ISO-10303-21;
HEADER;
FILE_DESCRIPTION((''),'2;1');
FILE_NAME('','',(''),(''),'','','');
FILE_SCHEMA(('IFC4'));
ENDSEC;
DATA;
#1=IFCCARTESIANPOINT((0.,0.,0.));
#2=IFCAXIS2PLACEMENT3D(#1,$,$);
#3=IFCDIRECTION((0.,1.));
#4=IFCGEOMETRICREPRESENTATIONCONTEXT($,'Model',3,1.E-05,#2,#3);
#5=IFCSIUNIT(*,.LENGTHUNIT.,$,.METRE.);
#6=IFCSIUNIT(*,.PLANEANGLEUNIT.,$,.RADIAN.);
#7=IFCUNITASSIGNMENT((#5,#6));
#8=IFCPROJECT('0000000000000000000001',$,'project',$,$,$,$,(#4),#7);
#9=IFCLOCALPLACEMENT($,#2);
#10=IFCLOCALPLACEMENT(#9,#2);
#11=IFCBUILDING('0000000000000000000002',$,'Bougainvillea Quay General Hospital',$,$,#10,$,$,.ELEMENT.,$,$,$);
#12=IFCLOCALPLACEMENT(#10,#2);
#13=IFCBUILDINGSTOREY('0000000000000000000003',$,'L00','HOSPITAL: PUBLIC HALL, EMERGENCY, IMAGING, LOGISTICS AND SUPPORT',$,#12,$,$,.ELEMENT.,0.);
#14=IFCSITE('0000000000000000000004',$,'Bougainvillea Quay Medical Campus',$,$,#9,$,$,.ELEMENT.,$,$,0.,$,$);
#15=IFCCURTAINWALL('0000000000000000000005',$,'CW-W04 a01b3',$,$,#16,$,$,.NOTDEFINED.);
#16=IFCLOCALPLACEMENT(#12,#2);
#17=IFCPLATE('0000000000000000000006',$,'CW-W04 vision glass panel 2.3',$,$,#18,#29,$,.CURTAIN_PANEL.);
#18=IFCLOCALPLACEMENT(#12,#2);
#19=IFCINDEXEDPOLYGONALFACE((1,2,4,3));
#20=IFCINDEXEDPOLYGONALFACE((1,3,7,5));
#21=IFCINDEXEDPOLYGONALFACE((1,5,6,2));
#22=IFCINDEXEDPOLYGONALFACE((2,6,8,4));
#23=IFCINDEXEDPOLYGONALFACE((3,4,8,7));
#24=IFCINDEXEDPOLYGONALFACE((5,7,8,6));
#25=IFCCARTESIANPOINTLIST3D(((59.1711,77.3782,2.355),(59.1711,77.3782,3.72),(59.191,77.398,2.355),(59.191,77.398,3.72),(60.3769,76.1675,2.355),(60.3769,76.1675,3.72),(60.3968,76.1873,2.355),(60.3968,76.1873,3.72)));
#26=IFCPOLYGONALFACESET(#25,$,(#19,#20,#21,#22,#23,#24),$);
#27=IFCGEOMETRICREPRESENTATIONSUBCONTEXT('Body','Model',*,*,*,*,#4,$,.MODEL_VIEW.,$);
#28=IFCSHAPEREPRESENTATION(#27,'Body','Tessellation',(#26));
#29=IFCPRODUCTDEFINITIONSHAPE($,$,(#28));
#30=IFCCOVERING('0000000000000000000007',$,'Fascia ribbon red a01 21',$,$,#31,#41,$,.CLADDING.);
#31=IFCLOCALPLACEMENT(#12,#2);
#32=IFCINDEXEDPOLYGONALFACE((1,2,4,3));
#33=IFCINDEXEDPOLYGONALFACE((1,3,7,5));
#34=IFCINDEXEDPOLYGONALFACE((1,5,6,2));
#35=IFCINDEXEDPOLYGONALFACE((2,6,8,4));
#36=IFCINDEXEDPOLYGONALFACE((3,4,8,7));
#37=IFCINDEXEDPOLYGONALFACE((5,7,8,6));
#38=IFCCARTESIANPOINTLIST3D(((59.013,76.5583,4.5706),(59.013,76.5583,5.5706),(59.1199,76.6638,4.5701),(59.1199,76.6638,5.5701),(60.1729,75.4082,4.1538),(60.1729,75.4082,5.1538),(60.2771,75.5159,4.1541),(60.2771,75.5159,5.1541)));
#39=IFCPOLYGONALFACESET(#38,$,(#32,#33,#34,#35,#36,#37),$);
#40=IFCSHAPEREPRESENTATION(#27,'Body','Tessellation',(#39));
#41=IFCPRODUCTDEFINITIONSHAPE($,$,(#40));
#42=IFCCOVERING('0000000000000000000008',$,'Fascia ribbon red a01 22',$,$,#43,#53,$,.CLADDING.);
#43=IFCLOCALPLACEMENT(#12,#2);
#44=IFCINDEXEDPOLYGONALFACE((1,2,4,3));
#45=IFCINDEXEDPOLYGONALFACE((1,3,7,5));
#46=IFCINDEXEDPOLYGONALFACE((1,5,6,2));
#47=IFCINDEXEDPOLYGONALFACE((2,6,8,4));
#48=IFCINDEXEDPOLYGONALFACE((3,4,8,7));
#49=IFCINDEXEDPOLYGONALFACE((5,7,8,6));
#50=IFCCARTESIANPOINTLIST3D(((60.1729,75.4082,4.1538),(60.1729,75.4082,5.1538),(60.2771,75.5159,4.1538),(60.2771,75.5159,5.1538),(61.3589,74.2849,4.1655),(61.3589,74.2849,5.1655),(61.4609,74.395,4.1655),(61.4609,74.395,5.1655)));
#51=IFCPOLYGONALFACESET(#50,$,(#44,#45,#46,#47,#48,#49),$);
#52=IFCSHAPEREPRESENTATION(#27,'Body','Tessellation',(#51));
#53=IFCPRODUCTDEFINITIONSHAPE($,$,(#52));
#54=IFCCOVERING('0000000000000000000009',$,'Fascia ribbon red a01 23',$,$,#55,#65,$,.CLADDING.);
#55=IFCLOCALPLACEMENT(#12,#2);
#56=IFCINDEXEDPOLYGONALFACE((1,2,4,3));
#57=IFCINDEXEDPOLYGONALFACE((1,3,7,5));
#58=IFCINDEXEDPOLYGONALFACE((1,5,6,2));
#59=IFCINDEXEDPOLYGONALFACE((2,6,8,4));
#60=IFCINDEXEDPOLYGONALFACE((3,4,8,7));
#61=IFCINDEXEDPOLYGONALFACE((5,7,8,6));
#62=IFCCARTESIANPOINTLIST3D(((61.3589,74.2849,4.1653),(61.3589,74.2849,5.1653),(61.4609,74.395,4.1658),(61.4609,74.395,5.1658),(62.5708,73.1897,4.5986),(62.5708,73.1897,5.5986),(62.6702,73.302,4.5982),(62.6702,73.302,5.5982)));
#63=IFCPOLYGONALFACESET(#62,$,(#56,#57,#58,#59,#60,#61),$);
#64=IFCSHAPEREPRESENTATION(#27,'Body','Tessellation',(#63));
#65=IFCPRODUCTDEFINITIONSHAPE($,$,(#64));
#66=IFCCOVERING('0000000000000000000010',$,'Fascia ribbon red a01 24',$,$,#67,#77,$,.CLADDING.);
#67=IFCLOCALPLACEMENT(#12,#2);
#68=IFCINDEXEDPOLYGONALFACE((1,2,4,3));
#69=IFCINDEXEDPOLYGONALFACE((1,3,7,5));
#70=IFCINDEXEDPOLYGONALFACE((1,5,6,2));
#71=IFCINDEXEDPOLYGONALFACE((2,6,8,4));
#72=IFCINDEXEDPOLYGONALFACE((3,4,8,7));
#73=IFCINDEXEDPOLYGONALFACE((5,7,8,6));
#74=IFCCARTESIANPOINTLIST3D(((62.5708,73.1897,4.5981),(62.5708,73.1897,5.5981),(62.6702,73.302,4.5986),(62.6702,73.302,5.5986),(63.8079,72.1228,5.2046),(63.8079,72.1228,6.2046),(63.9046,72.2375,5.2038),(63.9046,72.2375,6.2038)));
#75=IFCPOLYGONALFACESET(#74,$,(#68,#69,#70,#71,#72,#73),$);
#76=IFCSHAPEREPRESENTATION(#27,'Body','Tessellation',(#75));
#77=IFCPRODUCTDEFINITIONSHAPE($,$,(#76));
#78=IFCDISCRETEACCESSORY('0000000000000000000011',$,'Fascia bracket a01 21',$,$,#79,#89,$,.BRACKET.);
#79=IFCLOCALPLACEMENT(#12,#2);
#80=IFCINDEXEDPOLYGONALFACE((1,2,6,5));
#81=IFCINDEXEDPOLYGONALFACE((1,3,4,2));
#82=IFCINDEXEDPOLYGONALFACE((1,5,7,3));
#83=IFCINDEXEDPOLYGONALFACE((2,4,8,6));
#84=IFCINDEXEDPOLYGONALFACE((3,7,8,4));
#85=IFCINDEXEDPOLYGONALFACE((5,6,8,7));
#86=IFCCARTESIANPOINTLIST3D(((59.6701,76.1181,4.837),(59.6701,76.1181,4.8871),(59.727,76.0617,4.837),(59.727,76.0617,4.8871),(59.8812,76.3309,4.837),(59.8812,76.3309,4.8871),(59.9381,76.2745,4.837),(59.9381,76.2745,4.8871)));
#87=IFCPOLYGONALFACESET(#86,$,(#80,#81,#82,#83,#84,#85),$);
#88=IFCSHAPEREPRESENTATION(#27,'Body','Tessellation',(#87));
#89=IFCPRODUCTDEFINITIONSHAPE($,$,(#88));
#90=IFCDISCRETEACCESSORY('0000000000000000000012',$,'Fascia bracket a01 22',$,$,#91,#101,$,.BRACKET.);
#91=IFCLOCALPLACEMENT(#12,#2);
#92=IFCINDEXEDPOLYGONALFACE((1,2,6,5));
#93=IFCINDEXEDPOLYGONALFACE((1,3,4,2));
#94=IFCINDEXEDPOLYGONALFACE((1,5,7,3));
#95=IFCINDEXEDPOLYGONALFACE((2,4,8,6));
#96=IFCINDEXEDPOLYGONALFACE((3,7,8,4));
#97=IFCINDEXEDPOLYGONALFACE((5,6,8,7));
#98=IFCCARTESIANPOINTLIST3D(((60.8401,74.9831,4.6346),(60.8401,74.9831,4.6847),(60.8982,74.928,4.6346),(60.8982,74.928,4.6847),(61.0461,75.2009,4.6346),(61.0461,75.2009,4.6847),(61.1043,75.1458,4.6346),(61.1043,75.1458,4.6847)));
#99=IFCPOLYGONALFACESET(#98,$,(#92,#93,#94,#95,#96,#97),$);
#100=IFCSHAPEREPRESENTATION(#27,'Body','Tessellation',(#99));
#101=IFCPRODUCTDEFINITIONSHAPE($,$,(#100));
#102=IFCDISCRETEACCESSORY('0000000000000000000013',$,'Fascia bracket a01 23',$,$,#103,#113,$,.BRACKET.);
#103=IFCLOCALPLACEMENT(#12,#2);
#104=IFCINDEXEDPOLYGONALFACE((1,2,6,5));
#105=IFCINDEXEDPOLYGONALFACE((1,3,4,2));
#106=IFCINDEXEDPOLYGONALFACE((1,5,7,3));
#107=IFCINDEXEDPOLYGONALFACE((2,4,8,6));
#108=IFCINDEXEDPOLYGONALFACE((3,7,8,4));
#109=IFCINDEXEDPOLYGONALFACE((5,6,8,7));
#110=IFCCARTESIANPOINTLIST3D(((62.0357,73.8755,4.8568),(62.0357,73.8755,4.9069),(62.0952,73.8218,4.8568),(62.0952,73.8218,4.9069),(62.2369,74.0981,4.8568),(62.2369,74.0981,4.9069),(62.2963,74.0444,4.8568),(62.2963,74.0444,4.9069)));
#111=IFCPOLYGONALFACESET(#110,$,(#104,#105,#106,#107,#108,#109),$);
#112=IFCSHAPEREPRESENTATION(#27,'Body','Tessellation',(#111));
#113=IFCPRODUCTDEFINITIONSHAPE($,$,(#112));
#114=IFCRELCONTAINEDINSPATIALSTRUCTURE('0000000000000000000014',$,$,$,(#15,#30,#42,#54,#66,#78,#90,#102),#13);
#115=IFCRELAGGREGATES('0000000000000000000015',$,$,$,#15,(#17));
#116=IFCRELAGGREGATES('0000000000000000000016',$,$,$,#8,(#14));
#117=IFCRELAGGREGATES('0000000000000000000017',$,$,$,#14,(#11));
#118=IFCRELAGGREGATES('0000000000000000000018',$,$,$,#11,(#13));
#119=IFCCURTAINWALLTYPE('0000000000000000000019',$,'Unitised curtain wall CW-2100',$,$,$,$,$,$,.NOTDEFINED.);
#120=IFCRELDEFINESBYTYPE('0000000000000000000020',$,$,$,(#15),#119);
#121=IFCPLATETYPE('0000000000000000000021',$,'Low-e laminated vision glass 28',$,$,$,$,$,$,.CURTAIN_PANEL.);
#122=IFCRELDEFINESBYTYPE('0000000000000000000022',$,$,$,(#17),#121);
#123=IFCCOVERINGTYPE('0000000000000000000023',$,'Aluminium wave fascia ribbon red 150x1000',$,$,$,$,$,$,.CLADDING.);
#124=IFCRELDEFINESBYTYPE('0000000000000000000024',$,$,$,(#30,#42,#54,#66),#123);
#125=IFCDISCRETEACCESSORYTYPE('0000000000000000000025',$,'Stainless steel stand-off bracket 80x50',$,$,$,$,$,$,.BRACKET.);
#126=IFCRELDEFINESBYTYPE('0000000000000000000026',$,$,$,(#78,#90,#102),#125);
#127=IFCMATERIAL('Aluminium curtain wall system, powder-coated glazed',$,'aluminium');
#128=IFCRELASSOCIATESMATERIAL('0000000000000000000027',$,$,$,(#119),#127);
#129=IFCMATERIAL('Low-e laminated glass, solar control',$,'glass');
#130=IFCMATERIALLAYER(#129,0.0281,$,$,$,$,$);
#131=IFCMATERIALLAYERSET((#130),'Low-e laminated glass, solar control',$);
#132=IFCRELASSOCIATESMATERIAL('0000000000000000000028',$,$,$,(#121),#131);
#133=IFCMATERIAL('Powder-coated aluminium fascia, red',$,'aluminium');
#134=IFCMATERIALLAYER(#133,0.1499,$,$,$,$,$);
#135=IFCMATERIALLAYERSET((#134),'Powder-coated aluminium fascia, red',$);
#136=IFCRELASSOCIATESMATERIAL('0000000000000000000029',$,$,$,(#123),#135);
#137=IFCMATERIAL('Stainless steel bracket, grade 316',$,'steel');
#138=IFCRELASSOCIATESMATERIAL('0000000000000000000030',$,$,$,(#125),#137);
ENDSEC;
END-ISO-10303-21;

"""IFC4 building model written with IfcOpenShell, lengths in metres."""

from ifc_helpers import new_model, si_unit, direction, frame, origin, origin_2d, place, context, subcontext, project, spatial, polyline, rectangle, outline, extrude, material, layer, layer_set, material_profile, profile_set, type_object, element, aggregate, save


model = new_model("IFC4")

# Units and contexts
model_context = context("Model", 3, precision=1e-05, world=origin(), true_north=direction((0.0, 1.0)))
body_context = subcontext(model_context, "Body", "Model", "MODEL_VIEW")
ifc_project = project(units=[si_unit("LENGTHUNIT", "METRE"), si_unit("PLANEANGLEUNIT", "RADIAN")], contexts=[model_context])

# Site, building, storey
site_placement = place(None, origin())
site = spatial("IfcSite", under=ifc_project, at=site_placement, Name="Bougainvillea Quay Medical Campus", CompositionType="ELEMENT", RefElevation=0.0)
building_placement = place(site_placement, origin())
building = spatial("IfcBuilding", under=site, at=building_placement, Name="Bougainvillea Quay General Hospital", CompositionType="ELEMENT")
storey_placement = place(building_placement, origin())
storey = spatial("IfcBuildingStorey", under=building, at=storey_placement, Name="L00", Description="HOSPITAL: PUBLIC HALL, EMERGENCY, IMAGING, LOGISTICS AND SUPPORT", CompositionType="ELEMENT", Elevation=0.0)

# Curtain wall
ifc_material_1 = material(Name="Aluminium curtain wall system, powder-coated glazed", Category="aluminium")
curtain_wall_type = type_object("IfcCurtainWallType", Name="Unitised curtain wall CW-2100", PredefinedType="NOTDEFINED", material=ifc_material_1)
curtain_wall_1_placement = place(storey_placement, origin())
curtain_wall_1 = element("IfcCurtainWall", 1, at=curtain_wall_1_placement, inside=storey, type_object=curtain_wall_type, Name="CW-W04 a01b3", PredefinedType="NOTDEFINED")

# Plate
ifc_material_2 = material(Name="Low-e laminated glass, solar control", Category="glass")
ifc_layer_1 = layer(ifc_material_2, 0.0281)
ifc_layer_set_1 = layer_set([ifc_layer_1], Name="Low-e laminated glass, solar control")
plate_type_1 = type_object("IfcPlateType", Name="Low-e laminated vision glass 28", PredefinedType="CURTAIN_PANEL", material=ifc_layer_set_1)
plate_1_placement = place(storey_placement, frame((59.7839, 76.7827, 2.355), z_axis=(0.0, 0.0, 1.0), x_axis=(-0.70568, 0.708531, 0.0)))
plate_1 = element("IfcPlate", 2, at=plate_1_placement, type_object=plate_type_1, Name="CW-W04 vision glass panel 2.3", PredefinedType="CURTAIN_PANEL", context=body_context, shape_type="SweptSolid", body=[
    extrude(rectangle(XDim=1.7087, YDim=0.0281, at=origin_2d()), origin(), (0.0, 0.0, 1.0), 1.365),
])
aggregate(curtain_wall_1, [plate_1])

# Coverings
ifc_material_3 = material(Name="Powder-coated aluminium fascia, red", Category="aluminium")
ifc_layer_2 = layer(ifc_material_3, 0.1499)
ifc_layer_set_2 = layer_set([ifc_layer_2], Name="Powder-coated aluminium fascia, red")
covering_type = type_object("IfcCoveringType", Name="Aluminium wave fascia ribbon red 150x1000", PredefinedType="CLADDING", material=ifc_layer_set_2)
covering_1_placement = place(storey_placement, frame((59.1199, 76.6638, 4.5701), z_axis=(0.176192, -0.173468, 0.968951), x_axis=(0.687904, -0.682389, -0.247253)))
element("IfcCovering", 3, at=covering_1_placement, inside=storey, type_object=covering_type, Name="Fascia ribbon red a01 21", PredefinedType="CLADDING", context=body_context, shape_type="SweptSolid", body=[
    extrude(outline(polyline([(0.0, 0.0), (1.6823, 0.0), (1.6841, -0.1499), (-0.0017, -0.1502), (0.0, 0.0)])), origin(), (-0.247253, -0.000903, 0.968951), 1.0),
])
covering_2_placement = place(storey_placement, frame((60.2771, 75.5159, 4.1538), z_axis=(-0.005213, 0.004938, 0.999974), x_axis=(0.726142, -0.687507, 0.007181)))
element("IfcCovering", 4, at=covering_2_placement, inside=storey, type_object=covering_type, Name="Fascia ribbon red a01 22", PredefinedType="CLADDING", context=body_context, shape_type="SweptSolid", body=[
    extrude(outline(polyline([(0.0, 0.0), (1.6303, 0.0), (1.6319, -0.1501), (-0.0017, -0.1499), (0.0, 0.0)])), origin(), (0.007181, -0.000002, 0.999974), 1.0),
])
covering_3_placement = place(storey_placement, frame((61.4609, 74.395, 4.1658), z_axis=(-0.190056, 0.172115, 0.966569), x_axis=(0.717054, -0.648143, 0.256408)))
element("IfcCovering", 5, at=covering_3_placement, inside=storey, type_object=covering_type, Name="Fascia ribbon red a01 23", PredefinedType="CLADDING", context=body_context, shape_type="SweptSolid", body=[
    extrude(outline(polyline([(0.0, 0.0), (1.6864, 0.0), (1.688, -0.1499), (-0.0019, -0.1501), (0.0, 0.0)])), origin(), (0.256408, -0.000232, 0.966569), 1.0),
])
covering_4_placement = place(storey_placement, frame((62.6702, 73.302, 4.5986), z_axis=(-0.262947, 0.228048, 0.937472), x_axis=(0.709955, -0.612224, 0.348061)))
element("IfcCovering", 6, at=covering_4_placement, inside=storey, type_object=covering_type, Name="Fascia ribbon red a01 24", PredefinedType="CLADDING", context=body_context, shape_type="SweptSolid", body=[
    extrude(outline(polyline([(0.0, 0.0), (1.7387, 0.0), (1.7406, -0.15), (-0.002, -0.1499), (0.0, 0.0)])), origin(), (0.348061, -0.000921, 0.937472), 1.0),
])

# Discrete accessories
ifc_material_4 = material(Name="Stainless steel bracket, grade 316", Category="steel")
ifc_material_profile_1 = material_profile(ifc_material_4, rectangle(XDim=0.0801, YDim=0.05, at=origin_2d()))
ifc_profile_set_1 = profile_set([ifc_material_profile_1], Name="Stainless steel bracket, grade 316")
discrete_accessory_type = type_object("IfcDiscreteAccessoryType", Name="Stainless steel stand-off bracket 80x50", PredefinedType="BRACKET", material=ifc_profile_set_1)
for number, where, z_axis, x_axis, name in (
    (7, (59.9097, 76.3027, 4.8621), (-0.704251, -0.709951, 0.0), (0.709951, -0.704251, 0.0), "Fascia bracket a01 21"),
    (8, (61.0752, 75.1733, 4.6597), (-0.687293, -0.726381, 0.0), (0.726381, -0.687293, 0.0), "Fascia bracket a01 22"),
):
    element("IfcDiscreteAccessory", number, at=place(storey_placement, frame(where, z_axis=z_axis, x_axis=x_axis)), inside=storey, type_object=discrete_accessory_type, Name=name, PredefinedType="BRACKET", context=body_context, shape_type="SweptSolid", body=[
        extrude(rectangle(XDim=0.0801, YDim=0.05, at=origin_2d()), origin(), (0.0, 0.0, 1.0), 0.2998),
    ])
discrete_accessory_placement = place(storey_placement, frame((62.2666, 74.0713, 4.8818), z_axis=(-0.670402, -0.741998, 0.0), x_axis=(0.741998, -0.670402, 0.0)))
element("IfcDiscreteAccessory", 9, at=discrete_accessory_placement, inside=storey, type_object=discrete_accessory_type, Name="Fascia bracket a01 23", PredefinedType="BRACKET", context=body_context, shape_type="SweptSolid", body=[
    extrude(rectangle(XDim=0.0801, YDim=0.05, at=origin_2d()), origin(), (0.0, 0.0, 1.0), 0.3),
])

save(model, "model.ifc")
